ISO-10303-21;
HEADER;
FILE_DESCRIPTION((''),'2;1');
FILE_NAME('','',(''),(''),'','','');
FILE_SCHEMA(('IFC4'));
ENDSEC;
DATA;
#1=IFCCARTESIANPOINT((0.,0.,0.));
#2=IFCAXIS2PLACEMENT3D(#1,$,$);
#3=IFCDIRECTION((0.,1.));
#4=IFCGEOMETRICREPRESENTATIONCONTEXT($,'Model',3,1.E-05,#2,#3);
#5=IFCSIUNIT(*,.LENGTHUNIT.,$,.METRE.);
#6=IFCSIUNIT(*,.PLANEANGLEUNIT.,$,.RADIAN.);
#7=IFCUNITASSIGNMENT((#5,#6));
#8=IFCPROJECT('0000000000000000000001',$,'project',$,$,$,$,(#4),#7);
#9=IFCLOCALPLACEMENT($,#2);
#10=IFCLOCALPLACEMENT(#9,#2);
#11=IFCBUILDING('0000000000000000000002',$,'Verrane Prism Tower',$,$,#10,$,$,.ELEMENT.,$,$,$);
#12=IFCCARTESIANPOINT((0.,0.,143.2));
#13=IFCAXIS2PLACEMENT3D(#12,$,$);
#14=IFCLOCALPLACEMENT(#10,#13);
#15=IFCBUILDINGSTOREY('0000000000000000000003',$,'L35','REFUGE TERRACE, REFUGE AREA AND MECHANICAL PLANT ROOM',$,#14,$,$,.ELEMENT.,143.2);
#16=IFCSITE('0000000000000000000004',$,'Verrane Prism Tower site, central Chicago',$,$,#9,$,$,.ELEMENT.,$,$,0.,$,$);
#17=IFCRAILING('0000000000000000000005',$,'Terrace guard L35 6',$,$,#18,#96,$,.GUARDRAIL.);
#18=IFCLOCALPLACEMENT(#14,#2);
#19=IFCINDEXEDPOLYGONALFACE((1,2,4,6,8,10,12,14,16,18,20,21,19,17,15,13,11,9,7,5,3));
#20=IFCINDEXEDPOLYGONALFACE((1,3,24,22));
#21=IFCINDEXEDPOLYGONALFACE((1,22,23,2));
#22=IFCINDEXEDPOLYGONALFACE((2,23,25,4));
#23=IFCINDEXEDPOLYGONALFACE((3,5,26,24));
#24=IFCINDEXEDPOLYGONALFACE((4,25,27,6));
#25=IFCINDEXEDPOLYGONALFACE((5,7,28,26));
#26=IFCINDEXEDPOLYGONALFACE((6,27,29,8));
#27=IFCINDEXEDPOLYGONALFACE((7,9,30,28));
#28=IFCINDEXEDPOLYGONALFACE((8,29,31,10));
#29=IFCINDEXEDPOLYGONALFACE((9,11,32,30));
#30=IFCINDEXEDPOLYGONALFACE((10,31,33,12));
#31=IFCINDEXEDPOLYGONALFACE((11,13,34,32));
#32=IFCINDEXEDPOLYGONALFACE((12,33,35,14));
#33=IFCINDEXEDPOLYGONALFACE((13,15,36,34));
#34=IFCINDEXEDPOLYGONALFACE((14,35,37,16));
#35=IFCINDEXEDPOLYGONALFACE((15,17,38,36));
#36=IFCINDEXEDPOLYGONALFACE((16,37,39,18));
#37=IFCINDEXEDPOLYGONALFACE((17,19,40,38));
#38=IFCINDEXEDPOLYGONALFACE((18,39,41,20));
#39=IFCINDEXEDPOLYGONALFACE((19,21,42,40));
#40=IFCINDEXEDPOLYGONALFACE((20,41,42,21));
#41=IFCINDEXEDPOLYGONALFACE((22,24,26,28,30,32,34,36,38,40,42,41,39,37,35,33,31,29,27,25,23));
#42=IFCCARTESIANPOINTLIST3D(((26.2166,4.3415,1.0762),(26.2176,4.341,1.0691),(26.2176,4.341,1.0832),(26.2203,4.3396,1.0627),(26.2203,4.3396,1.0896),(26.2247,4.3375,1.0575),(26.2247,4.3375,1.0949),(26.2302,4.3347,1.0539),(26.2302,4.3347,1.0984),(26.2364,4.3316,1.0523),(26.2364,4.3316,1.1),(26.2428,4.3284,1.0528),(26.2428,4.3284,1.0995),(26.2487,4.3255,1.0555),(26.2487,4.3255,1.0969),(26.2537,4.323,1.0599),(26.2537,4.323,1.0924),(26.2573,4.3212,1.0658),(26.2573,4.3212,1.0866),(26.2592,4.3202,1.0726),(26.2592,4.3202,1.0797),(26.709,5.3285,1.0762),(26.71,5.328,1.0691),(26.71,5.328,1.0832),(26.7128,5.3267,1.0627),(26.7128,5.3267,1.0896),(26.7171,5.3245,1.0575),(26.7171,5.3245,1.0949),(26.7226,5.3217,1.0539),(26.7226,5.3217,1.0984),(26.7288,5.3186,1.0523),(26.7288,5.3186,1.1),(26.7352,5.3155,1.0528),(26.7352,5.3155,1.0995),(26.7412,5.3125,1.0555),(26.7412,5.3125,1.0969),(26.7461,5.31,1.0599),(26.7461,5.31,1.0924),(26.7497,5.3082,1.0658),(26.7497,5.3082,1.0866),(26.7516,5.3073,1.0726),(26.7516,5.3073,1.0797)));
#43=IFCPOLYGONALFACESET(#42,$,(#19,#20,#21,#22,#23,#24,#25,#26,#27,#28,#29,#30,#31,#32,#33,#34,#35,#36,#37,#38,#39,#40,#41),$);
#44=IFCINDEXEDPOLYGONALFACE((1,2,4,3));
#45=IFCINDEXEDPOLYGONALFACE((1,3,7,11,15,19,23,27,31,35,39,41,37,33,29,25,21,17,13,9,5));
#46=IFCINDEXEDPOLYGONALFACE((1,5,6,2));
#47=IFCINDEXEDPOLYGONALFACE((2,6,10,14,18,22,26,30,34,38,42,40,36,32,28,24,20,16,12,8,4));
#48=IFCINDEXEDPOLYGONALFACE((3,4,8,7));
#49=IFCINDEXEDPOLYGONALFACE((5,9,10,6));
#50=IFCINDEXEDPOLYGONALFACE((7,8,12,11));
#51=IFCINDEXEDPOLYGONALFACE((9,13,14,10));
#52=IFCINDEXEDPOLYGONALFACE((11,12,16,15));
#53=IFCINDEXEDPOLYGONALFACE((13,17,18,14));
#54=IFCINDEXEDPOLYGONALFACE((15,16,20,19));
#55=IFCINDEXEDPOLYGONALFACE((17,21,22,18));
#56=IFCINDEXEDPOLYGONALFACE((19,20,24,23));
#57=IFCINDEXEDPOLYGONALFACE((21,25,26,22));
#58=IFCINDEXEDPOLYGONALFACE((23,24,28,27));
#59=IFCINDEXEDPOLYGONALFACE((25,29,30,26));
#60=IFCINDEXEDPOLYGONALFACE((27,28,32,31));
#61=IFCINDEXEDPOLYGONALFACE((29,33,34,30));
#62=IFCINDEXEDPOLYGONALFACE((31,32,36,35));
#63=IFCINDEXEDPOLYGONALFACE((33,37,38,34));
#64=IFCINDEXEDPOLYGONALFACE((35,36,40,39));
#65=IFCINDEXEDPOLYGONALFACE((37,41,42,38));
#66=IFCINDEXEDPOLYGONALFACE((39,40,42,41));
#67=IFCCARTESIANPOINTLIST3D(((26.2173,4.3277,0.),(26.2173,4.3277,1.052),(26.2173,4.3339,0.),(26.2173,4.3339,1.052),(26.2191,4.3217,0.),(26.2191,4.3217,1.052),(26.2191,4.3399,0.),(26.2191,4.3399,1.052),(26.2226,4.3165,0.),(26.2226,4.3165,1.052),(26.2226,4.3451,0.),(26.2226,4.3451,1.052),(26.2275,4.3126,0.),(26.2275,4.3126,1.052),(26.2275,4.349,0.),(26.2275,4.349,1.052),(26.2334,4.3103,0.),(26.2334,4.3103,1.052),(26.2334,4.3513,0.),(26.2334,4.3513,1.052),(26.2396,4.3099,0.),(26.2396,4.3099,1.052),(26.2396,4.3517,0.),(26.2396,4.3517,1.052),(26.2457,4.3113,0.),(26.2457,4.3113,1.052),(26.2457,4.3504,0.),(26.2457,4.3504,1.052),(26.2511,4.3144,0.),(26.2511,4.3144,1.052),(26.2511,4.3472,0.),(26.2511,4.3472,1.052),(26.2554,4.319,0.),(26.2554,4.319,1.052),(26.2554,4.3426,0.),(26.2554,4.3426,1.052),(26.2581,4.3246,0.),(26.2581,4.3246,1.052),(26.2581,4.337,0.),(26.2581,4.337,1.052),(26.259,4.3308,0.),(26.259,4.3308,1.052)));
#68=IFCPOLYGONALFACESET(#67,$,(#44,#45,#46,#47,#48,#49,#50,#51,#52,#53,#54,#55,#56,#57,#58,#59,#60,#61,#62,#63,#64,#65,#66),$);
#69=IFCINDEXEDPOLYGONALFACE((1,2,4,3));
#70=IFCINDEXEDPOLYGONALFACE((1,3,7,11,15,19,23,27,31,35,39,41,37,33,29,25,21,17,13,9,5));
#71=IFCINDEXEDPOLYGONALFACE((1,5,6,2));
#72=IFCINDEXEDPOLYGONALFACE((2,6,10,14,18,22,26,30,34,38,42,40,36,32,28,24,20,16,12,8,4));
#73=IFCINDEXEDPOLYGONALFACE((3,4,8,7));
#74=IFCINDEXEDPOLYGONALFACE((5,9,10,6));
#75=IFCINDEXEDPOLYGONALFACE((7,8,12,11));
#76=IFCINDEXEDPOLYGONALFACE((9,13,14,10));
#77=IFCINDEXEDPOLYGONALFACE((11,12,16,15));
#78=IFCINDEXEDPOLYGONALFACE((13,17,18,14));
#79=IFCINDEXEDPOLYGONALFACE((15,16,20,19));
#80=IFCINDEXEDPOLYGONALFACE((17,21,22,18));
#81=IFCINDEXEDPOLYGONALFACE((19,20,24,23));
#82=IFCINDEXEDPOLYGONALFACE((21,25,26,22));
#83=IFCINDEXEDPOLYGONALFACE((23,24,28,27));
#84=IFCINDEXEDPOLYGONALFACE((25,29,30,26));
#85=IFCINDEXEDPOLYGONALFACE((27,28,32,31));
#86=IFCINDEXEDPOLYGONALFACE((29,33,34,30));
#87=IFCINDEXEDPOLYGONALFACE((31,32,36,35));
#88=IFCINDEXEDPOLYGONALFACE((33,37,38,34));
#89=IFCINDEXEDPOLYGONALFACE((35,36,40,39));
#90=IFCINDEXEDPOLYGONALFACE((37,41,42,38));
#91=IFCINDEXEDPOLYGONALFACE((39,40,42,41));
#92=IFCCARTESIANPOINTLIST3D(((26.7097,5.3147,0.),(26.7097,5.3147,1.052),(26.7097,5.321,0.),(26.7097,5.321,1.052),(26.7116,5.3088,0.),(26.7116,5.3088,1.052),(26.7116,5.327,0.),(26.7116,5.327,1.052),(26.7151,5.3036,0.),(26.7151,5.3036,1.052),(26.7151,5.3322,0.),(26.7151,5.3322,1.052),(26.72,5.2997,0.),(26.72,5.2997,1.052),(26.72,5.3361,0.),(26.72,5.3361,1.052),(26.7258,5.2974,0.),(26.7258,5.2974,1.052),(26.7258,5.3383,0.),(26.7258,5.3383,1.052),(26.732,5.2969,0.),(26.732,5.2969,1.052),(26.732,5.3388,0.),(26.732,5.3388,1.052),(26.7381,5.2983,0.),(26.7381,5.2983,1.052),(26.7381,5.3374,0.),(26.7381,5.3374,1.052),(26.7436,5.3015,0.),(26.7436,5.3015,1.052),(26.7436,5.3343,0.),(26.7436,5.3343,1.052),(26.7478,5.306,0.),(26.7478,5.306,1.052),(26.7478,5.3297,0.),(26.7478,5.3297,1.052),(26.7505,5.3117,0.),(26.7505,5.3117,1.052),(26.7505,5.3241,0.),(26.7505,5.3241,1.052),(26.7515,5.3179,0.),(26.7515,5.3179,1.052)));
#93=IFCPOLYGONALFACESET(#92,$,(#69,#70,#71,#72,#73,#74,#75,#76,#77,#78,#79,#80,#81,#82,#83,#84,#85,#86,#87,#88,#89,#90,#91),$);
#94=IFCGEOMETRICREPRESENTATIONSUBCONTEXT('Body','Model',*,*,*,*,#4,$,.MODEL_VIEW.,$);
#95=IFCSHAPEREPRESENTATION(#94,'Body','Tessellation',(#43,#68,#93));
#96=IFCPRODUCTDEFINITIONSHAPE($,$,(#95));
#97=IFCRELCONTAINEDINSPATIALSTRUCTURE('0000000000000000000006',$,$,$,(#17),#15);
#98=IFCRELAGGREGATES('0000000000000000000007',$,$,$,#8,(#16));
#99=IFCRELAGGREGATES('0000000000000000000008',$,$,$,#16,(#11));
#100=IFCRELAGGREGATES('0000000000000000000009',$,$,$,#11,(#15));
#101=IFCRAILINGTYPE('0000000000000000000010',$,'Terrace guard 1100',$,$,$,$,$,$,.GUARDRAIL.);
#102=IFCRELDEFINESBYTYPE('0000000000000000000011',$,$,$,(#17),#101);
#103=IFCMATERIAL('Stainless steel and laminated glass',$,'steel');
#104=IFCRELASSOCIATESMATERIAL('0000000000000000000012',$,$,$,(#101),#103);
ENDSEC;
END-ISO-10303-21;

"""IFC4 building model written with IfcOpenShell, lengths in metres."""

from ifc_helpers import new_model, si_unit, direction, frame, origin, origin_2d, place, context, subcontext, project, spatial, circle, extrude, material, type_object, element, save


model = new_model("IFC4")

# Units and contexts
model_context = context("Model", 3, precision=1e-05, world=origin(), true_north=direction((0.0, 1.0)))
body_context = subcontext(model_context, "Body", "Model", "MODEL_VIEW")
ifc_project = project(units=[si_unit("LENGTHUNIT", "METRE"), si_unit("PLANEANGLEUNIT", "RADIAN")], contexts=[model_context])

# Site, building, storey
site_placement = place(None, origin())
site = spatial("IfcSite", under=ifc_project, at=site_placement, Name="Verrane Prism Tower site, central Chicago", CompositionType="ELEMENT", RefElevation=0.0)
building_placement = place(site_placement, origin())
building = spatial("IfcBuilding", under=site, at=building_placement, Name="Verrane Prism Tower", CompositionType="ELEMENT")
storey_placement = place(building_placement, frame((0.0, 0.0, 143.2)))
storey = spatial("IfcBuildingStorey", under=building, at=storey_placement, Name="L35", Description="REFUGE TERRACE, REFUGE AREA AND MECHANICAL PLANT ROOM", CompositionType="ELEMENT", Elevation=143.2)

# Railing
ifc_material_1 = material(Name="Stainless steel and laminated glass", Category="steel")
railing_type = type_object("IfcRailingType", Name="Terrace guard 1100", PredefinedType="GUARDRAIL", material=ifc_material_1)
railing_placement = place(storey_placement, frame((26.238, 4.3308, 0.0)))
element("IfcRailing", 1, at=railing_placement, inside=storey, type_object=railing_type, Name="Terrace guard L35 6", PredefinedType="GUARDRAIL", context=body_context, shape_type="SweptSolid", body=[
    extrude(circle(Radius=0.0239, at=origin_2d()), frame((0.0, 0.0, 1.0762), z_axis=(0.446417, 0.894825, 0.0), x_axis=(-0.894825, 0.446417, 0.0)), (0.0, 0.0, 1.0), 1.103),
    extrude(circle(Radius=0.021, at=origin_2d()), origin(), (0.0, 0.0, 1.0), 1.052),
    extrude(circle(Radius=0.021, at=origin_2d()), frame((0.4924, 0.9871, 0.0)), (0.0, 0.0, 1.0), 1.052),
])

save(model, "model.ifc")
